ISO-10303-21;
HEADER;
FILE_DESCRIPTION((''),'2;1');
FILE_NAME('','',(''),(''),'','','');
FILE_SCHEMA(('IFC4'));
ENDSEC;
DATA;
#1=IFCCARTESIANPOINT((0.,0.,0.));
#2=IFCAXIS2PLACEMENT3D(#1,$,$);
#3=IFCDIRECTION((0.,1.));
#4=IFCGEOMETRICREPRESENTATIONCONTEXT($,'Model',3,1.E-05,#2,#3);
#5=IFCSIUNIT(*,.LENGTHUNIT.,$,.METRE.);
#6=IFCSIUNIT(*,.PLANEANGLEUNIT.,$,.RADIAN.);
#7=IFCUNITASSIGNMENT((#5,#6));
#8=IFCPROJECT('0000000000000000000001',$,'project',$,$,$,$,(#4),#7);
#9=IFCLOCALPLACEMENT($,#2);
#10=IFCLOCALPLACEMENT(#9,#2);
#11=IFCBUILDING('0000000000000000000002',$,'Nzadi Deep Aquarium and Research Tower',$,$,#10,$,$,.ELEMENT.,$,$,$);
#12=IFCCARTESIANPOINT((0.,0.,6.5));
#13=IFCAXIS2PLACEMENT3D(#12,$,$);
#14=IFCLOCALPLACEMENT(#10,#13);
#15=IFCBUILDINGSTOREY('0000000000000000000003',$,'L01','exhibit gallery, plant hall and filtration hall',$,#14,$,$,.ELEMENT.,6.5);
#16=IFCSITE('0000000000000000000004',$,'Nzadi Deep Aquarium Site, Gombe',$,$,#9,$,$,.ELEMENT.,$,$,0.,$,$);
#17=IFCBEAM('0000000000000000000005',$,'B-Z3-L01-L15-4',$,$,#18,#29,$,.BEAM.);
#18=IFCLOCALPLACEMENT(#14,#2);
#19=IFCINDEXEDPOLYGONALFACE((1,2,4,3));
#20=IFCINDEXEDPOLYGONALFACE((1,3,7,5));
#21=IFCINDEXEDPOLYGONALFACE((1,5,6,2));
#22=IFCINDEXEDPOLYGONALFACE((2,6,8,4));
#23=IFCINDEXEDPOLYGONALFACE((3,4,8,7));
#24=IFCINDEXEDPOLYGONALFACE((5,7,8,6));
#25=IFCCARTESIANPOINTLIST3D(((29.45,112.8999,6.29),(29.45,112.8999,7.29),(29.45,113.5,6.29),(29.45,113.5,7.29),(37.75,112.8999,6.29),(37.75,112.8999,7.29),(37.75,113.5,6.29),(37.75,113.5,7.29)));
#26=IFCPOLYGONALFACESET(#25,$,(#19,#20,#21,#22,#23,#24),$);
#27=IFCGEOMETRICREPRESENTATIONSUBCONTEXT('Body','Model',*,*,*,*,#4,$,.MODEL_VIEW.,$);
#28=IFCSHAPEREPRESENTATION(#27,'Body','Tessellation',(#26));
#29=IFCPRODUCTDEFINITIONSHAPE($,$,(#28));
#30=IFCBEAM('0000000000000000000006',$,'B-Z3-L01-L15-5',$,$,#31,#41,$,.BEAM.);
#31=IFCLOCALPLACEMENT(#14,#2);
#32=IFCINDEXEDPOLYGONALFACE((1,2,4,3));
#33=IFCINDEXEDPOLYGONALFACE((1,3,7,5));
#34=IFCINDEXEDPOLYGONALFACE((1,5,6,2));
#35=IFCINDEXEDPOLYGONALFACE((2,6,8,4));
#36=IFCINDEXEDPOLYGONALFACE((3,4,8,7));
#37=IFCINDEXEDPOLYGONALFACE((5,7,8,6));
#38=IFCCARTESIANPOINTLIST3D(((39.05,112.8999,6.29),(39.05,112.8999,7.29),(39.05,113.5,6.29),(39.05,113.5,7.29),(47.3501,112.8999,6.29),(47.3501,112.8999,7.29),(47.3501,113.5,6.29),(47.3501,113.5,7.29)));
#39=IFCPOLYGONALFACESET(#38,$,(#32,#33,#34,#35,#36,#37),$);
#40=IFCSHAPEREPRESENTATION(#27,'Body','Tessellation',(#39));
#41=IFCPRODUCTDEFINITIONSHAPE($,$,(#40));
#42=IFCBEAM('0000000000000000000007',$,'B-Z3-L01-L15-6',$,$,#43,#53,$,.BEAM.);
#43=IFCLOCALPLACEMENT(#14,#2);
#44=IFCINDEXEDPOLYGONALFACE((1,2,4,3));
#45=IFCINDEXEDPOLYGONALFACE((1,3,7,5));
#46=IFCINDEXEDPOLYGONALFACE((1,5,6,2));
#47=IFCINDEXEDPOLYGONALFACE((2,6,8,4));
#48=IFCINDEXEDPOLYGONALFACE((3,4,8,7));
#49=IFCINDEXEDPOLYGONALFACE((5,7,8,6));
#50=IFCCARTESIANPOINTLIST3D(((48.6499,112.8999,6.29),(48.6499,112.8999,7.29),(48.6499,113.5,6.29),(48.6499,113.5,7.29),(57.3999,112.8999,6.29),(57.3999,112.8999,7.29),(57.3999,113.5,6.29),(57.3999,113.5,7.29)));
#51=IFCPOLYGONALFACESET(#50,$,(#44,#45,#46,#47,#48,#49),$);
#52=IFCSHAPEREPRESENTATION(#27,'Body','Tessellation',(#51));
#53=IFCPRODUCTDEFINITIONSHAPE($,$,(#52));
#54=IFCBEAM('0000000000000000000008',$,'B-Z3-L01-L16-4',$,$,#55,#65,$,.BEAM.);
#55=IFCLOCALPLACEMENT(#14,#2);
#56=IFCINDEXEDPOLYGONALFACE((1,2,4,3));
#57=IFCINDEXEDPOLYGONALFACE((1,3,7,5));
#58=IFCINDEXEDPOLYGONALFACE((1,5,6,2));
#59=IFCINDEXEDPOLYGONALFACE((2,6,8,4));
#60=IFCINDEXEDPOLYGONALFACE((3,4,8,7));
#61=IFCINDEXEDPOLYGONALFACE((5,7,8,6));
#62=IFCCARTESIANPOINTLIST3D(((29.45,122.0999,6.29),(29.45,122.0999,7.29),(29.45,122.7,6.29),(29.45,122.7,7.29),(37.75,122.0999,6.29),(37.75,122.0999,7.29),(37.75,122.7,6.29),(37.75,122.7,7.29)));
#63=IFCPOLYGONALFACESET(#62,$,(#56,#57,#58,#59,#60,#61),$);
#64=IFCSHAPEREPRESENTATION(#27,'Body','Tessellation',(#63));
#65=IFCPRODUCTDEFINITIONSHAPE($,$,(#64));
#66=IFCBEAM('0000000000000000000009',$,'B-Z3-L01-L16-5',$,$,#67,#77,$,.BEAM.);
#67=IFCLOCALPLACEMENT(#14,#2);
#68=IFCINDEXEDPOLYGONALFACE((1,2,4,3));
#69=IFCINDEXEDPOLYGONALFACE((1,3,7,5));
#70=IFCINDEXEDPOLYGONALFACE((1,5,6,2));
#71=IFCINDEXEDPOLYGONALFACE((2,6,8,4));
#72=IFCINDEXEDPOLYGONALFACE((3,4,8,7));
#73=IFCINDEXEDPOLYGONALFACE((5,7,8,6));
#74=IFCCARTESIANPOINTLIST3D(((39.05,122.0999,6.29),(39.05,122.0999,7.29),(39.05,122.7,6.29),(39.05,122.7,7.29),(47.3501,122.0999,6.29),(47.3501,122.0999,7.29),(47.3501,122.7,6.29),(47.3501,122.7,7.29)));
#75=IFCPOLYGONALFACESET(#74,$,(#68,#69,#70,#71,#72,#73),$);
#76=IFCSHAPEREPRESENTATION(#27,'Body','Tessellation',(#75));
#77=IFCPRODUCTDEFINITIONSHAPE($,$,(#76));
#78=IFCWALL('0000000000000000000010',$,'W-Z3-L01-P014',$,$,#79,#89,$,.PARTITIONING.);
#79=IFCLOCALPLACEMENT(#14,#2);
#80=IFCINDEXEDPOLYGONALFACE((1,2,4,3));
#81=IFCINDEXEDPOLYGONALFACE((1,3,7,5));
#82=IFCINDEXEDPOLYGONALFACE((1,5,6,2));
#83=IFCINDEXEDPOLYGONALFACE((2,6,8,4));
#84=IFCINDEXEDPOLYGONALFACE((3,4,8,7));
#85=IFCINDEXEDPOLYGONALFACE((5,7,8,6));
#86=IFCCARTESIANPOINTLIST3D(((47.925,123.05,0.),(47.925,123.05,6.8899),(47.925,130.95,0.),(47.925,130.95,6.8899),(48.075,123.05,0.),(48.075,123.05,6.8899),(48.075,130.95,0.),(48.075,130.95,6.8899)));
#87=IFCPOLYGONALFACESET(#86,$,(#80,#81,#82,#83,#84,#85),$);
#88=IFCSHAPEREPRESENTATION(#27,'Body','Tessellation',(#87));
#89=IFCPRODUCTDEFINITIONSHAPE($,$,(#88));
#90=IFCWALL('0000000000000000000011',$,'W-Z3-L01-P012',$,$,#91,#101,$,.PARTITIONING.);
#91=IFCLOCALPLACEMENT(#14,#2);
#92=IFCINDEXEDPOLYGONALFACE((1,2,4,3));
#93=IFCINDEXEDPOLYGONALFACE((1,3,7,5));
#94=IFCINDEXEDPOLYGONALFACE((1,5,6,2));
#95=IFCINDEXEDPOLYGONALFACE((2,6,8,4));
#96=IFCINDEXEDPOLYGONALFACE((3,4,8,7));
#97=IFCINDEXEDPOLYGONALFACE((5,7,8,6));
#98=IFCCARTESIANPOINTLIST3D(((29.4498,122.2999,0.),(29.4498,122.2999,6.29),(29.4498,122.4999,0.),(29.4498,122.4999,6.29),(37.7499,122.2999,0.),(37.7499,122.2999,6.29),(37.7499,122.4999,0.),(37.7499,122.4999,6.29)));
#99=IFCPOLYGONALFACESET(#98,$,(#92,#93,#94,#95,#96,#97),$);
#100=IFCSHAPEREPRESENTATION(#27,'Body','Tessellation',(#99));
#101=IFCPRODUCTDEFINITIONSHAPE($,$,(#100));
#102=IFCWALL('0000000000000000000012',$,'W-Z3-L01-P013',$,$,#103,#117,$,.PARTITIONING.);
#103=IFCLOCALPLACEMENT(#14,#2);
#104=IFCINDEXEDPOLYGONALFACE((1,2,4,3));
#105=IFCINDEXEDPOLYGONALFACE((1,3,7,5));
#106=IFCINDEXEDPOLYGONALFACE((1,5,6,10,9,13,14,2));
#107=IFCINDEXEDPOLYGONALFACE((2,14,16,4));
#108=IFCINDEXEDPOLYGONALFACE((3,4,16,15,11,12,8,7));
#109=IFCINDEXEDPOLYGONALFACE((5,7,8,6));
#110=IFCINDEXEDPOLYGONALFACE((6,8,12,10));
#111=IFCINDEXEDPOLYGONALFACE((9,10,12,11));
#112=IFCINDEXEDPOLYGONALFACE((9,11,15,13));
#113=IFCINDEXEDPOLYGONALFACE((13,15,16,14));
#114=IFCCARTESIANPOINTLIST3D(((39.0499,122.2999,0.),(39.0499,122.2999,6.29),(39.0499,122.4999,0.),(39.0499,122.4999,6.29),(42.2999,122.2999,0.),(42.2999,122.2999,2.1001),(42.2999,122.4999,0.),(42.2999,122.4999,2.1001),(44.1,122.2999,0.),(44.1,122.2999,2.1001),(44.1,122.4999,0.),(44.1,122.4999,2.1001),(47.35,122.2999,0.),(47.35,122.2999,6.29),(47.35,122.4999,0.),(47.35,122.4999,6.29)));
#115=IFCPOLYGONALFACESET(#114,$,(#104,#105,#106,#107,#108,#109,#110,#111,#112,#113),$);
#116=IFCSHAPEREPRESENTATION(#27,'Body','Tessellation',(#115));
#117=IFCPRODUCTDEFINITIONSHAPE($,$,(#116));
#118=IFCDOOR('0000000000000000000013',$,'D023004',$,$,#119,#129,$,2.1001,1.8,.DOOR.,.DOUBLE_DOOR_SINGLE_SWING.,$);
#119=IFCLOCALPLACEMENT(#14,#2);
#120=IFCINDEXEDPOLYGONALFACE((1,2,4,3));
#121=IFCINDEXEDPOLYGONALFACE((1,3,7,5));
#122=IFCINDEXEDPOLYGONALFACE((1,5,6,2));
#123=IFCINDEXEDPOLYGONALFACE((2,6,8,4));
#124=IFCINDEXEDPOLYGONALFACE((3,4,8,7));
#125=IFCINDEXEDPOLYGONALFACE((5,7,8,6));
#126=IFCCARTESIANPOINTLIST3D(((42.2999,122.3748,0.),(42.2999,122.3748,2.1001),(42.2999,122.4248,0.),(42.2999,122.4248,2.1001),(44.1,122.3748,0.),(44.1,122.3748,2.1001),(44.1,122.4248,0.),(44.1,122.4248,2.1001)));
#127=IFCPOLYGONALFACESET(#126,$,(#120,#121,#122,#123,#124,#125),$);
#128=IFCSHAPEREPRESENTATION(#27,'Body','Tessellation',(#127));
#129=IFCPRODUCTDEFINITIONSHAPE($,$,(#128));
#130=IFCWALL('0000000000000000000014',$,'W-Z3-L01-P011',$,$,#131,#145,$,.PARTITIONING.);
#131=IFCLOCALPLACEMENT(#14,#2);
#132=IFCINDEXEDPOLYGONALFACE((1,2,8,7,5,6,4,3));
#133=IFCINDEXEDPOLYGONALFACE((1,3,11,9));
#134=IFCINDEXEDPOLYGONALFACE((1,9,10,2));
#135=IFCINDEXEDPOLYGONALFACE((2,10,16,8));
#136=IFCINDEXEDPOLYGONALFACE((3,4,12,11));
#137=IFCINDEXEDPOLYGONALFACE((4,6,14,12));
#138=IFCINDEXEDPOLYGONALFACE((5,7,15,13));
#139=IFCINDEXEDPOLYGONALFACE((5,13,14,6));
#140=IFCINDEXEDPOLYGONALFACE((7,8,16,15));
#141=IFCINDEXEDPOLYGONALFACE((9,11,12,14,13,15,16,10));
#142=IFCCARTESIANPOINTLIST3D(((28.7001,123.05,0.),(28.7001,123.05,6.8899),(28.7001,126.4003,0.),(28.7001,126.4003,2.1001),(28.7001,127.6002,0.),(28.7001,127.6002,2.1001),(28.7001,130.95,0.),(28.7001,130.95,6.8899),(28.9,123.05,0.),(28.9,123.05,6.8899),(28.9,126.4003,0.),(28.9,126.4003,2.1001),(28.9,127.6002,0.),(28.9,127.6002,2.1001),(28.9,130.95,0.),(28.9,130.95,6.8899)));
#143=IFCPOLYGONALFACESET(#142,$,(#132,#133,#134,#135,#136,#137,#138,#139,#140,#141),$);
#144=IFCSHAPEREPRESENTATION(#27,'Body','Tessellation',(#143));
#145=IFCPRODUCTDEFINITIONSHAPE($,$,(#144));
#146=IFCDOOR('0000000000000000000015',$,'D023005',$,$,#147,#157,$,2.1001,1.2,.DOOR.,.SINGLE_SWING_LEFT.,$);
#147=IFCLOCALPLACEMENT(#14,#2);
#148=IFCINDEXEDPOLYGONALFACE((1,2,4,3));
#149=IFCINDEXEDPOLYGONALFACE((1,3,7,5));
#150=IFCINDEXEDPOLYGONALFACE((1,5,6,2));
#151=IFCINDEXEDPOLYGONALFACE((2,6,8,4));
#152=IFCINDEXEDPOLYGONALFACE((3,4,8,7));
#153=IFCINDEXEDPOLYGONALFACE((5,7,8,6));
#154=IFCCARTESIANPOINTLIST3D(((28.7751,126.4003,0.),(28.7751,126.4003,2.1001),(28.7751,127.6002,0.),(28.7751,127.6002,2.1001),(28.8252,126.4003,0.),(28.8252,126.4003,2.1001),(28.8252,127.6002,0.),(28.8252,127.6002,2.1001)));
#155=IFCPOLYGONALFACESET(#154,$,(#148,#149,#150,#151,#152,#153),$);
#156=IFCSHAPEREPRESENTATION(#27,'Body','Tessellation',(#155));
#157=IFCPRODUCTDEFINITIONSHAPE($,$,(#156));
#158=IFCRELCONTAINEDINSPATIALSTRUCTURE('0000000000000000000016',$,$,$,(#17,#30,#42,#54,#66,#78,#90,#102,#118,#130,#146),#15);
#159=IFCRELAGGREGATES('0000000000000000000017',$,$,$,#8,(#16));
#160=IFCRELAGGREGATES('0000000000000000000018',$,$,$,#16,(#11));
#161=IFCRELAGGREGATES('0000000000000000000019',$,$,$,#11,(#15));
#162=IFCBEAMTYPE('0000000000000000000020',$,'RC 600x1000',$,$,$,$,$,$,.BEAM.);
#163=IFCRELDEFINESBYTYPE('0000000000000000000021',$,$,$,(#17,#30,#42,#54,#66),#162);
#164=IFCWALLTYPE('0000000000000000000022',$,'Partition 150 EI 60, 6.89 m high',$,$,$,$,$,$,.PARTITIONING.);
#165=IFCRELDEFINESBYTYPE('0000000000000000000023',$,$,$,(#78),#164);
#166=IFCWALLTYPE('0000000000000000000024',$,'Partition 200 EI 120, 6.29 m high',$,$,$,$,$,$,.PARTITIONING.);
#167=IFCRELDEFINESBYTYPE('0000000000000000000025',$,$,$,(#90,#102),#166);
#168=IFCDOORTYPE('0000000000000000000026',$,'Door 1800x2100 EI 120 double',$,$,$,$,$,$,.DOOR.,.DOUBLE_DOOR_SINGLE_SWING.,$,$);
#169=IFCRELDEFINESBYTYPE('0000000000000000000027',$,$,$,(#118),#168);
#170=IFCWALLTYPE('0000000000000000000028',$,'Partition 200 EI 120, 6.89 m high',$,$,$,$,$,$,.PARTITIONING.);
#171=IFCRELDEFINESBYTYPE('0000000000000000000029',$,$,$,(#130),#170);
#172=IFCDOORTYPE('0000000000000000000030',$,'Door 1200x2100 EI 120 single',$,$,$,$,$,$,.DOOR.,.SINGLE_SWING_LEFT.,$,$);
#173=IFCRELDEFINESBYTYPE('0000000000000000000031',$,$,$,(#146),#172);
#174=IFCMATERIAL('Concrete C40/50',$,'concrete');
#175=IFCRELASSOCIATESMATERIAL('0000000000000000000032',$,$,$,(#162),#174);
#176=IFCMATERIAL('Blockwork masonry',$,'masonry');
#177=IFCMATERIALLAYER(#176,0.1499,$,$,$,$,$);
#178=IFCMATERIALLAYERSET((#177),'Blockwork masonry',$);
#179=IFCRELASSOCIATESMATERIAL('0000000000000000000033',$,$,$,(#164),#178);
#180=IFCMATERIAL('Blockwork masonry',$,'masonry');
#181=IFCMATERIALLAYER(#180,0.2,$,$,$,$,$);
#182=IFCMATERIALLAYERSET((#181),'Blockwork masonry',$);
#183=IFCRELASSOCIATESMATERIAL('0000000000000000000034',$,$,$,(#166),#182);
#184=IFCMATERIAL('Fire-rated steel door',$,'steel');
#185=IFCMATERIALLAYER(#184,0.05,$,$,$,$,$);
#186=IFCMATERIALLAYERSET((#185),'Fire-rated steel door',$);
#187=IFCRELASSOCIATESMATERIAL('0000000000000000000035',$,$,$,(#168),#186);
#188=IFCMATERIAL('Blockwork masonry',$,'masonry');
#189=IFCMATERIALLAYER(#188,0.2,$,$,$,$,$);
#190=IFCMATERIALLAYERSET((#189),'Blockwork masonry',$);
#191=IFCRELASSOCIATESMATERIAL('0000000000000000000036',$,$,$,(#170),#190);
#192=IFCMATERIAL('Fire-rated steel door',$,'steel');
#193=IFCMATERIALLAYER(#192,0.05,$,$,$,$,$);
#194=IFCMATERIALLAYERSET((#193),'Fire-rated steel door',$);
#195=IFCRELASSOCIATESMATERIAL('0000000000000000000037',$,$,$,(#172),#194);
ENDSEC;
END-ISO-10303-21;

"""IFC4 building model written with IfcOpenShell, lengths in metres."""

from ifc_helpers import new_model, si_unit, direction, frame, frame_2d, origin, origin_2d, place, context, subcontext, project, spatial, rectangle, extrude, material, layer, layer_set, material_profile, profile_set, type_object, element, fill, save


model = new_model("IFC4")

# Units and contexts
model_context = context("Model", 3, precision=1e-05, world=origin(), true_north=direction((0.0, 1.0)))
body_context = subcontext(model_context, "Body", "Model", "MODEL_VIEW")
ifc_project = project(units=[si_unit("LENGTHUNIT", "METRE"), si_unit("PLANEANGLEUNIT", "RADIAN")], contexts=[model_context])

# Site, building, storey
site_placement = place(None, origin())
site = spatial("IfcSite", under=ifc_project, at=site_placement, Name="Nzadi Deep Aquarium Site, Gombe", CompositionType="ELEMENT", RefElevation=0.0)
building_placement = place(site_placement, origin())
building = spatial("IfcBuilding", under=site, at=building_placement, Name="Nzadi Deep Aquarium and Research Tower", CompositionType="ELEMENT")
storey_placement = place(building_placement, frame((0.0, 0.0, 6.5)))
storey = spatial("IfcBuildingStorey", under=building, at=storey_placement, Name="L01", Description="exhibit gallery, plant hall and filtration hall", CompositionType="ELEMENT", Elevation=6.5)

# Beams
ifc_material_1 = material(Name="Concrete C40/50", Category="concrete")
ifc_material_profile_1 = material_profile(ifc_material_1, rectangle(XDim=0.6001, YDim=1.0, at=origin_2d()))
ifc_profile_set_1 = profile_set([ifc_material_profile_1], Name="Concrete C40/50")
beam_type_1 = type_object("IfcBeamType", Name="RC 600x1000", PredefinedType="BEAM", material=ifc_profile_set_1)
for number, where, z_axis, x_axis, name in (
    (1, (29.45, 113.2, 6.79), (1.0, 0.0, 0.0), (0.0, 1.0, 0.0), "B-Z3-L01-L15-4"),
    (2, (39.05, 113.2, 6.79), (1.0, 0.0, 0.0), (0.0, 1.0, 0.0), "B-Z3-L01-L15-5"),
):
    element("IfcBeam", number, at=place(storey_placement, frame(where, z_axis=z_axis, x_axis=x_axis)), inside=storey, type_object=beam_type_1, Name=name, PredefinedType="BEAM", context=body_context, shape_type="SweptSolid", body=[
        extrude(rectangle(XDim=0.6001, YDim=1.0, at=origin_2d()), origin(), (0.0, 0.0, 1.0), 8.3),
    ])
beam_1_placement = place(storey_placement, frame((48.6499, 113.2, 6.79), z_axis=(1.0, 0.0, 0.0), x_axis=(0.0, 1.0, 0.0)))
element("IfcBeam", 3, at=beam_1_placement, inside=storey, type_object=beam_type_1, Name="B-Z3-L01-L15-6", PredefinedType="BEAM", context=body_context, shape_type="SweptSolid", body=[
    extrude(rectangle(XDim=0.6001, YDim=1.0, at=origin_2d()), origin(), (0.0, 0.0, 1.0), 8.75),
])
for number, where, z_axis, x_axis, name in (
    (4, (29.45, 122.3999, 6.79), (1.0, 0.0, 0.0), (0.0, 1.0, 0.0), "B-Z3-L01-L16-4"),
    (5, (39.05, 122.3999, 6.79), (1.0, 0.0, 0.0), (0.0, 1.0, 0.0), "B-Z3-L01-L16-5"),
):
    element("IfcBeam", number, at=place(storey_placement, frame(where, z_axis=z_axis, x_axis=x_axis)), inside=storey, type_object=beam_type_1, Name=name, PredefinedType="BEAM", context=body_context, shape_type="SweptSolid", body=[
        extrude(rectangle(XDim=0.6001, YDim=1.0, at=origin_2d()), origin(), (0.0, 0.0, 1.0), 8.3),
    ])

# Walls
ifc_material_2 = material(Name="Blockwork masonry", Category="masonry")
ifc_layer_1 = layer(ifc_material_2, 0.1499)
ifc_layer_set_1 = layer_set([ifc_layer_1], Name="Blockwork masonry")
wall_type_1 = type_object("IfcWallType", Name="Partition 150 EI 60, 6.89 m high", PredefinedType="PARTITIONING", material=ifc_layer_set_1)
wall_1_placement = place(storey_placement, frame((48.0, 123.05, 0.0), z_axis=(0.0, 0.0, 1.0), x_axis=(0.0, 1.0, 0.0)))
element("IfcWall", 6, at=wall_1_placement, inside=storey, type_object=wall_type_1, Name="W-Z3-L01-P014", PredefinedType="PARTITIONING", context=body_context, shape_type="SweptSolid", body=[
    extrude(rectangle(XDim=7.8999, YDim=0.1499, at=frame_2d((3.95, 0.0))), origin(), (0.0, 0.0, 1.0), 6.8899),
])
ifc_material_3 = material(Name="Blockwork masonry", Category="masonry")
ifc_layer_2 = layer(ifc_material_3, 0.2)
ifc_layer_set_2 = layer_set([ifc_layer_2], Name="Blockwork masonry")
wall_type_2 = type_object("IfcWallType", Name="Partition 200 EI 120, 6.29 m high", PredefinedType="PARTITIONING", material=ifc_layer_set_2)
wall_2_placement = place(storey_placement, frame((29.45, 122.3999, 0.0), z_axis=(0.0, 0.0, 1.0), x_axis=(1.0, 0.0, 0.0)))
element("IfcWall", 7, at=wall_2_placement, inside=storey, type_object=wall_type_2, Name="W-Z3-L01-P012", PredefinedType="PARTITIONING", context=body_context, shape_type="SweptSolid", body=[
    extrude(rectangle(XDim=8.3, YDim=0.2, at=frame_2d((4.1499, 0.0))), origin(), (0.0, 0.0, 1.0), 6.29),
])

# Walls, openings, doors
wall_3_placement = place(storey_placement, frame((39.05, 122.3999, 0.0), z_axis=(0.0, 0.0, 1.0), x_axis=(1.0, 0.0, 0.0)))
wall_3 = element("IfcWall", 8, at=wall_3_placement, inside=storey, type_object=wall_type_2, Name="W-Z3-L01-P013", PredefinedType="PARTITIONING", context=body_context, shape_type="SweptSolid", body=[
    extrude(rectangle(XDim=8.3, YDim=0.2, at=frame_2d((4.1499, 0.0))), origin(), (0.0, 0.0, 1.0), 6.29),
])
opening_1_placement = place(wall_3_placement, frame((3.25, 0.0, 0.0)))
opening_1 = element("IfcOpeningElement", 9, at=opening_1_placement, cuts=wall_3, PredefinedType="OPENING", context=body_context, shape_type="SweptSolid", body=[
    extrude(rectangle(XDim=1.8, YDim=2.1001, at=frame_2d((0.8999, 1.05))), frame((0.0, 0.1101, 0.0), z_axis=(0.0, -1.0, 0.0), x_axis=(1.0, 0.0, 0.0)), (0.0, 0.0, 1.0), 0.2202),
])
ifc_material_4 = material(Name="Fire-rated steel door", Category="steel")
ifc_layer_3 = layer(ifc_material_4, 0.05)
ifc_layer_set_3 = layer_set([ifc_layer_3], Name="Fire-rated steel door")
door_type_1 = type_object("IfcDoorType", Name="Door 1800x2100 EI 120 double", OperationType="DOUBLE_DOOR_SINGLE_SWING", PredefinedType="DOOR", material=ifc_layer_set_3)
door_1_placement = place(opening_1_placement, origin())
door_1 = element("IfcDoor", 10, at=door_1_placement, inside=storey, type_object=door_type_1, Name="D023004", OperationType="DOUBLE_DOOR_SINGLE_SWING", OverallHeight=2.1001, OverallWidth=1.8, PredefinedType="DOOR", context=body_context, shape_type="SweptSolid", body=[
    extrude(rectangle(XDim=1.8, YDim=2.1001, at=frame_2d((0.8999, 1.05))), frame((0.0, 0.0249, 0.0), z_axis=(0.0, -1.0, 0.0), x_axis=(1.0, 0.0, 0.0)), (0.0, 0.0, 1.0), 0.05),
])
fill(opening_1, door_1)
ifc_material_5 = material(Name="Blockwork masonry", Category="masonry")
ifc_layer_4 = layer(ifc_material_5, 0.2)
ifc_layer_set_4 = layer_set([ifc_layer_4], Name="Blockwork masonry")
wall_type_3 = type_object("IfcWallType", Name="Partition 200 EI 120, 6.89 m high", PredefinedType="PARTITIONING", material=ifc_layer_set_4)
wall_4_placement = place(storey_placement, frame((28.8, 123.05, 0.0), z_axis=(0.0, 0.0, 1.0), x_axis=(0.0, 1.0, 0.0)))
wall_4 = element("IfcWall", 11, at=wall_4_placement, inside=storey, type_object=wall_type_3, Name="W-Z3-L01-P011", PredefinedType="PARTITIONING", context=body_context, shape_type="SweptSolid", body=[
    extrude(rectangle(XDim=7.8999, YDim=0.2, at=frame_2d((3.95, 0.0))), origin(), (0.0, 0.0, 1.0), 6.8899),
])
opening_2_placement = place(wall_4_placement, frame((3.3501, 0.0, 0.0)))
opening_2 = element("IfcOpeningElement", 12, at=opening_2_placement, cuts=wall_4, PredefinedType="OPENING", context=body_context, shape_type="SweptSolid", body=[
    extrude(rectangle(XDim=1.2, YDim=2.1001, at=frame_2d((0.6001, 1.05))), frame((0.0, 0.1101, 0.0), z_axis=(0.0, -1.0, 0.0), x_axis=(1.0, 0.0, 0.0)), (0.0, 0.0, 1.0), 0.2202),
])
ifc_material_6 = material(Name="Fire-rated steel door", Category="steel")
ifc_layer_5 = layer(ifc_material_6, 0.05)
ifc_layer_set_5 = layer_set([ifc_layer_5], Name="Fire-rated steel door")
door_type_2 = type_object("IfcDoorType", Name="Door 1200x2100 EI 120 single", OperationType="SINGLE_SWING_LEFT", PredefinedType="DOOR", material=ifc_layer_set_5)
door_2_placement = place(opening_2_placement, origin())
door_2 = element("IfcDoor", 13, at=door_2_placement, inside=storey, type_object=door_type_2, Name="D023005", OperationType="SINGLE_SWING_LEFT", OverallHeight=2.1001, OverallWidth=1.2, PredefinedType="DOOR", context=body_context, shape_type="SweptSolid", body=[
    extrude(rectangle(XDim=1.2, YDim=2.1001, at=frame_2d((0.6001, 1.05))), frame((0.0, 0.0249, 0.0), z_axis=(0.0, -1.0, 0.0), x_axis=(1.0, 0.0, 0.0)), (0.0, 0.0, 1.0), 0.05),
])
fill(opening_2, door_2)

save(model, "model.ifc")
